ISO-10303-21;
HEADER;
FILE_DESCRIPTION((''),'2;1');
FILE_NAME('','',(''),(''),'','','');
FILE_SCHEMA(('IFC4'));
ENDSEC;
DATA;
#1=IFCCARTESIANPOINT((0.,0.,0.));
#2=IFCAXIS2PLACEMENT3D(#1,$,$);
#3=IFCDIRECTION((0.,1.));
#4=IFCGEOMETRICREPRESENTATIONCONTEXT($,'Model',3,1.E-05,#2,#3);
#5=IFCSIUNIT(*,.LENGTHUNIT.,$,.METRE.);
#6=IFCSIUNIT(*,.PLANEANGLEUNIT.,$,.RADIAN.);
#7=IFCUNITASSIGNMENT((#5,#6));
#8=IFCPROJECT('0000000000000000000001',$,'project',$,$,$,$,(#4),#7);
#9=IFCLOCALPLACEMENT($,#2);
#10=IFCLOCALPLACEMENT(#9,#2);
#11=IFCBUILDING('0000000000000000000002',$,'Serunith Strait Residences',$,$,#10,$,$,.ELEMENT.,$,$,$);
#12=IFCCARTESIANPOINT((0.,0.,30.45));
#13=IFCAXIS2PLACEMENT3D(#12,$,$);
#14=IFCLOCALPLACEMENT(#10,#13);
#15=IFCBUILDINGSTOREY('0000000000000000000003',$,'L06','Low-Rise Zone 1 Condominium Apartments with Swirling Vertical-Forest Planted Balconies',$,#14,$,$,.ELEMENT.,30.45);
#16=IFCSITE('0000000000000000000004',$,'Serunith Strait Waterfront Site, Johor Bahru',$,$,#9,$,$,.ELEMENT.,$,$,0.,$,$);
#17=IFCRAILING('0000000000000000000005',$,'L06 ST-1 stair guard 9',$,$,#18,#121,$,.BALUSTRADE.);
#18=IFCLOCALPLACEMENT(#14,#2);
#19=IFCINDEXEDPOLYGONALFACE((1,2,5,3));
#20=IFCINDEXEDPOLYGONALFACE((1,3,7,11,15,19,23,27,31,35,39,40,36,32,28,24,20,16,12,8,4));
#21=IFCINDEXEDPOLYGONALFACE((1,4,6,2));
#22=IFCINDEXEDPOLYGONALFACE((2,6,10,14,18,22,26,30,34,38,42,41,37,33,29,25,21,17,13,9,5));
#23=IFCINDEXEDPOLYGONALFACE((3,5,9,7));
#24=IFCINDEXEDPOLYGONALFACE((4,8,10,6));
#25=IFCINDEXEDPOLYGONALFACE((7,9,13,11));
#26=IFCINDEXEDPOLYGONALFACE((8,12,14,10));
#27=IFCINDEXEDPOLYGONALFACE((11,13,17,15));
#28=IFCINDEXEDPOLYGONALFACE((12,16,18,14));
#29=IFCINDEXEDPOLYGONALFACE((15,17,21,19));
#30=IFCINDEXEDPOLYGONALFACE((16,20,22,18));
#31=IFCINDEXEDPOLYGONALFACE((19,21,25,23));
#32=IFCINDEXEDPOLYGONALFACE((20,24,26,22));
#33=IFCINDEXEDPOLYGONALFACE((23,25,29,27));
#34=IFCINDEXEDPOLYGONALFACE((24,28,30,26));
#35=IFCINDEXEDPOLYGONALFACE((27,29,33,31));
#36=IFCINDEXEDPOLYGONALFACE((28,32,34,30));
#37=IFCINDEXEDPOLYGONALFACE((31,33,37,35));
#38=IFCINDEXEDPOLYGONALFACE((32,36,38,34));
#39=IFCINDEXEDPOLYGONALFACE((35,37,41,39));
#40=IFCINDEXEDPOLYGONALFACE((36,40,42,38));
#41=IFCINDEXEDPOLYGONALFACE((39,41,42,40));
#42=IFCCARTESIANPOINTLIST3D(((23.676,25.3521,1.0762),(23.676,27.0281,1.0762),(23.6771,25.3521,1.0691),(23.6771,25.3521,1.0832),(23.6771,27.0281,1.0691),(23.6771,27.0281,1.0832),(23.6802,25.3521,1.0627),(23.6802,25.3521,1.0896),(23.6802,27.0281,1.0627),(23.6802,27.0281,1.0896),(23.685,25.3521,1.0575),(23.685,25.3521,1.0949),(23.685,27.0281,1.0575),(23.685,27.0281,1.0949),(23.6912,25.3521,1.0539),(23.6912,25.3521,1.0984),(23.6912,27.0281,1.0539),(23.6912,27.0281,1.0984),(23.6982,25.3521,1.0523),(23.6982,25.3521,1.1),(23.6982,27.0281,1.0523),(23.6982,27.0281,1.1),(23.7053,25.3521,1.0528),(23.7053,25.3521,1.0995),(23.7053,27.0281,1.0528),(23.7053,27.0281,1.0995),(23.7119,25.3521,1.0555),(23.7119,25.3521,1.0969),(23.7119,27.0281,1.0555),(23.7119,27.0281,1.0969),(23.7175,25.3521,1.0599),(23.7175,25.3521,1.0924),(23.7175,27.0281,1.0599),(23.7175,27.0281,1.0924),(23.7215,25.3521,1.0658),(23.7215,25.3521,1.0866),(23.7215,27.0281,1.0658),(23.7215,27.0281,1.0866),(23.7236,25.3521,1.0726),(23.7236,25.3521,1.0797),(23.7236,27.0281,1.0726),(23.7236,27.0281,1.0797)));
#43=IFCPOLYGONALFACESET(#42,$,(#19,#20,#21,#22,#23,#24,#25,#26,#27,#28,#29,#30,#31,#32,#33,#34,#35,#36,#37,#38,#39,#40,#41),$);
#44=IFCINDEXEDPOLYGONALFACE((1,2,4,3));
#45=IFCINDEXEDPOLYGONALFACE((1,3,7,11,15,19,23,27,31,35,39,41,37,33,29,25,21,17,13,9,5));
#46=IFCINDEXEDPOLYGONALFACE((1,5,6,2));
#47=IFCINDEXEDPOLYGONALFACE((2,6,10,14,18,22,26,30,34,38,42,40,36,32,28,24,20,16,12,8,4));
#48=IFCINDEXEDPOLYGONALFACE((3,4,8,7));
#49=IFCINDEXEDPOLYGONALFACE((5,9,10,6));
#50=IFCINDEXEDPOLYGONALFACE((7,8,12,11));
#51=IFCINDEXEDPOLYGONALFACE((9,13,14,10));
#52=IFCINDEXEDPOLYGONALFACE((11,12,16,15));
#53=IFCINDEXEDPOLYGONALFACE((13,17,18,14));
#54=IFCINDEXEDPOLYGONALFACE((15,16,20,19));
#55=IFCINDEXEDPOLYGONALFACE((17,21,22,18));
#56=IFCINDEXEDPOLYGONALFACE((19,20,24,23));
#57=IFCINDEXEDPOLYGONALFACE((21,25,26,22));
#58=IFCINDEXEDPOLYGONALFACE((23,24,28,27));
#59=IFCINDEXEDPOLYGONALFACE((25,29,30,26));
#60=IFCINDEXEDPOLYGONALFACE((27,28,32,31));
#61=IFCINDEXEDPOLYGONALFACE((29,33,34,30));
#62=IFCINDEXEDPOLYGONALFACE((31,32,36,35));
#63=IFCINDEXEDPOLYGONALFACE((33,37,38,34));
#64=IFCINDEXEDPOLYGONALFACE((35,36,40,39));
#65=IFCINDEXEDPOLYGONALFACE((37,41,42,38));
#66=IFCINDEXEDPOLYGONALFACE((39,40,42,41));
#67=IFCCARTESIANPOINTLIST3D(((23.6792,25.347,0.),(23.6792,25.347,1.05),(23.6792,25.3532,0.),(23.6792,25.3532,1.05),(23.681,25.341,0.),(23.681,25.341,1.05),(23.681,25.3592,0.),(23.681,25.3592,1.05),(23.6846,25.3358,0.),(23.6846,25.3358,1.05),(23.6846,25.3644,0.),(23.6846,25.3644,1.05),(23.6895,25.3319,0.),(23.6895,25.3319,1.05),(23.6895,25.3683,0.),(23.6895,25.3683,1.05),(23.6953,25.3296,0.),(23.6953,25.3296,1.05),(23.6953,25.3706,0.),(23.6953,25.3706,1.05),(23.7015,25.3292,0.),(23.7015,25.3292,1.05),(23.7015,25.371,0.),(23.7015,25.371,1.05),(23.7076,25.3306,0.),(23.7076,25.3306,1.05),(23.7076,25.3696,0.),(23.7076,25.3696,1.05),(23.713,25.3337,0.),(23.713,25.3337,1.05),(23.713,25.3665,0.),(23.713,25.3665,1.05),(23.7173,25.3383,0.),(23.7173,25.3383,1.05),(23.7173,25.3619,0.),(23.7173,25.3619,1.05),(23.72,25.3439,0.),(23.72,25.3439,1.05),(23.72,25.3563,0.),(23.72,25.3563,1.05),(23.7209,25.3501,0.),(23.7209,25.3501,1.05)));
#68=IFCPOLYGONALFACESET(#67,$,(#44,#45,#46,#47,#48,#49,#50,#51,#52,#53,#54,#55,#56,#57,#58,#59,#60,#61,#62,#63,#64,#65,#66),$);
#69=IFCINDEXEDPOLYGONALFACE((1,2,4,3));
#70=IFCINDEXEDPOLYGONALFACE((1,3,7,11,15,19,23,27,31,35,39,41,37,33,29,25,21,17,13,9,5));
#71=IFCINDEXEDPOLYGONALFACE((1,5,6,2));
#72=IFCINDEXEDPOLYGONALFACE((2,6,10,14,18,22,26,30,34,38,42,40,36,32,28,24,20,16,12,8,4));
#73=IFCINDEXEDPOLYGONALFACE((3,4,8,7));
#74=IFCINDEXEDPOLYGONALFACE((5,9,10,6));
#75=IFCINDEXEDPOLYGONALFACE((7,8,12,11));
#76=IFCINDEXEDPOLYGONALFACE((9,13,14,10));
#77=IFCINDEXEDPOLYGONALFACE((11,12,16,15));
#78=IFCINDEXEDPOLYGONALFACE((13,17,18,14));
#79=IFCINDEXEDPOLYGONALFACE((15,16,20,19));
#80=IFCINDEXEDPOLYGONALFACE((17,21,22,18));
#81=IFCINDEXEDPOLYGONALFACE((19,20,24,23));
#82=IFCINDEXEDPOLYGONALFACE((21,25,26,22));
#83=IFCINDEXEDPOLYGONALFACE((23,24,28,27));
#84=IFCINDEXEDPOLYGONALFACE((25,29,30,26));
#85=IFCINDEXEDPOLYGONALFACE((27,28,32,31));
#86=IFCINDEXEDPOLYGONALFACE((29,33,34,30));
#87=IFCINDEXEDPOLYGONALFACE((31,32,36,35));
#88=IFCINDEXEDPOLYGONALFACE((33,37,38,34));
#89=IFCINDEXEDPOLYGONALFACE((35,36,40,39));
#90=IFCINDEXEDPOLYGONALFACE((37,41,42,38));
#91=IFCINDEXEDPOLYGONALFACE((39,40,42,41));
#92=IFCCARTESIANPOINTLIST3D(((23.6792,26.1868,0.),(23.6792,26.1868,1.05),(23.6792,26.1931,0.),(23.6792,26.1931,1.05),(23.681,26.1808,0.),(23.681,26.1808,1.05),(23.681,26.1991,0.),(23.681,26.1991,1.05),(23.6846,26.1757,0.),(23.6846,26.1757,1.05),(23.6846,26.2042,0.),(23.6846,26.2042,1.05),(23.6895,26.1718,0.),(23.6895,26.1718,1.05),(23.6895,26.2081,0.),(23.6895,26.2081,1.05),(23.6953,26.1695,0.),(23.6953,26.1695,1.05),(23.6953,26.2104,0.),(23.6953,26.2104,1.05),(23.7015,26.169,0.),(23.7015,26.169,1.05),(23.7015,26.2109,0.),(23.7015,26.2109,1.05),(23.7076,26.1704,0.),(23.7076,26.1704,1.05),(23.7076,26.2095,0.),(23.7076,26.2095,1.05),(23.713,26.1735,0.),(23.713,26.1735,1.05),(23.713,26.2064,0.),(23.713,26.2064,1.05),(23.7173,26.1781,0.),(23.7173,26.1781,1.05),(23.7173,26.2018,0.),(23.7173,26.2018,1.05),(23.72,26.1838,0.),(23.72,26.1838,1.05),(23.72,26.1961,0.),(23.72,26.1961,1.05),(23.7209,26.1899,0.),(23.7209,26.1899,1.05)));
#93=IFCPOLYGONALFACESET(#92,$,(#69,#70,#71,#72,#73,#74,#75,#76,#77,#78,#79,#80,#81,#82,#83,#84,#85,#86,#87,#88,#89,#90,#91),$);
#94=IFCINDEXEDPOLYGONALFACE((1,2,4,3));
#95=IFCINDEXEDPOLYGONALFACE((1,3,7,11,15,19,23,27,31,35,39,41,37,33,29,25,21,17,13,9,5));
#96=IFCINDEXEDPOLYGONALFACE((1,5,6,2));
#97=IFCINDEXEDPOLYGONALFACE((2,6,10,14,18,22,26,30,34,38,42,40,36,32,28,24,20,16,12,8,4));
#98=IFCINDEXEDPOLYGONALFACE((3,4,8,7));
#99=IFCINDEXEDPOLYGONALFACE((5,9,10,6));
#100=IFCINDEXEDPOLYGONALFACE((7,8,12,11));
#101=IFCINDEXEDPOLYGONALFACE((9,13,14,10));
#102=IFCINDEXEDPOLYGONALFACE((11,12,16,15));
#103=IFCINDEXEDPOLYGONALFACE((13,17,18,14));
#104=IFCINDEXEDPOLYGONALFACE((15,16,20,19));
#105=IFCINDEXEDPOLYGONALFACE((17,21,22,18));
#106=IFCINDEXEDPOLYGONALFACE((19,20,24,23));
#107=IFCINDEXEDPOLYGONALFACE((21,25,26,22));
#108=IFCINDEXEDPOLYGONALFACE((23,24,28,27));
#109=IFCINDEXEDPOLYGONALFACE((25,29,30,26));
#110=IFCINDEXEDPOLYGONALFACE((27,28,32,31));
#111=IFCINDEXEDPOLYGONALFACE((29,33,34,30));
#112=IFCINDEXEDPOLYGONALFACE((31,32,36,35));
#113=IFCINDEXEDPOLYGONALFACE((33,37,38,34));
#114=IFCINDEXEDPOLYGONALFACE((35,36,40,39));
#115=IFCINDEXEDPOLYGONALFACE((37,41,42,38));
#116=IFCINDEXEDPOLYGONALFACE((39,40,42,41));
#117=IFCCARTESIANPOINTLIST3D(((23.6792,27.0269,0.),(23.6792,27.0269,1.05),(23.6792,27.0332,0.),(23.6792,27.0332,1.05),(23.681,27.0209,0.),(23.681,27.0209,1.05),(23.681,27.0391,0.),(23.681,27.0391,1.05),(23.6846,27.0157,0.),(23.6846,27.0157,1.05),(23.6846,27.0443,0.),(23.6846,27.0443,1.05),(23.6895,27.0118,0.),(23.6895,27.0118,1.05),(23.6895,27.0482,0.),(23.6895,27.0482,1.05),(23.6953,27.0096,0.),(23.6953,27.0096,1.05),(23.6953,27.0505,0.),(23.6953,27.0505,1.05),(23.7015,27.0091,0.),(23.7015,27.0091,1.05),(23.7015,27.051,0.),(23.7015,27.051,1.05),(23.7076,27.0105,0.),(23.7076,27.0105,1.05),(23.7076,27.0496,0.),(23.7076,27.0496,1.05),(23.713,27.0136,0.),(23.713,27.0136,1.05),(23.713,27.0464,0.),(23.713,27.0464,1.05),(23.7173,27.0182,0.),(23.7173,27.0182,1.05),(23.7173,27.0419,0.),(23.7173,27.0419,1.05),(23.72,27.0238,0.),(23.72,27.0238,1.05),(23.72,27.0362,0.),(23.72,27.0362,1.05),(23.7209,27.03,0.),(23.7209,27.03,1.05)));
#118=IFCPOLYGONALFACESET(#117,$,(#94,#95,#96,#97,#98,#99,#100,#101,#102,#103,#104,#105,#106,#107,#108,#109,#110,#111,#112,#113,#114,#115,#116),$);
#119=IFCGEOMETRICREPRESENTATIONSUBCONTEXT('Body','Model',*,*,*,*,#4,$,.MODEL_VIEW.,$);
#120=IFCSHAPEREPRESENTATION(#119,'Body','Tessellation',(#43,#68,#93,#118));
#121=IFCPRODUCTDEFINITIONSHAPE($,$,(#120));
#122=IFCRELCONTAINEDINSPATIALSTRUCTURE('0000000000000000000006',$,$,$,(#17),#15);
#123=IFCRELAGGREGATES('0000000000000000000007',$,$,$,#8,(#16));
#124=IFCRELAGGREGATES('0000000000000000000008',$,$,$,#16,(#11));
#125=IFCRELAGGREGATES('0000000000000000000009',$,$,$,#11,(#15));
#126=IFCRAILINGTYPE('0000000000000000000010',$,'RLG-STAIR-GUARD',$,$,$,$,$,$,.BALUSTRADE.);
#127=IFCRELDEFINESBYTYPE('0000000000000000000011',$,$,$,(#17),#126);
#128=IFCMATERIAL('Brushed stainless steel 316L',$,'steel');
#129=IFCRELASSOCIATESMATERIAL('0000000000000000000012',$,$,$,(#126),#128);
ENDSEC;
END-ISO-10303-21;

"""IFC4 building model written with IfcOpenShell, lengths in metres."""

from ifc_helpers import new_model, si_unit, direction, frame, origin, origin_2d, place, context, subcontext, project, spatial, circle, extrude, material, type_object, element, save


model = new_model("IFC4")

# Units and contexts
model_context = context("Model", 3, precision=1e-05, world=origin(), true_north=direction((0.0, 1.0)))
body_context = subcontext(model_context, "Body", "Model", "MODEL_VIEW")
ifc_project = project(units=[si_unit("LENGTHUNIT", "METRE"), si_unit("PLANEANGLEUNIT", "RADIAN")], contexts=[model_context])

# Site, building, storey
site_placement = place(None, origin())
site = spatial("IfcSite", under=ifc_project, at=site_placement, Name="Serunith Strait Waterfront Site, Johor Bahru", CompositionType="ELEMENT", RefElevation=0.0)
building_placement = place(site_placement, origin())
building = spatial("IfcBuilding", under=site, at=building_placement, Name="Serunith Strait Residences", CompositionType="ELEMENT")
storey_placement = place(building_placement, frame((0.0, 0.0, 30.45)))
storey = spatial("IfcBuildingStorey", under=building, at=storey_placement, Name="L06", Description="Low-Rise Zone 1 Condominium Apartments with Swirling Vertical-Forest Planted Balconies", CompositionType="ELEMENT", Elevation=30.45)

# Railing
ifc_material_1 = material(Name="Brushed stainless steel 316L", Category="steel")
railing_type_1 = type_object("IfcRailingType", Name="RLG-STAIR-GUARD", PredefinedType="BALUSTRADE", material=ifc_material_1)
for number, where, name in (
    (1, (23.7, 25.3501, 0.0), "L06 ST-1 stair guard 9"),
):
    element("IfcRailing", number, at=place(storey_placement, frame(where)), inside=storey, type_object=railing_type_1, Name=name, PredefinedType="BALUSTRADE", context=body_context, shape_type="SweptSolid", body=[
        extrude(circle(Radius=0.0239, at=origin_2d()), frame((0.0, 0.002, 1.0762), z_axis=(0.0, 1.0, 0.0), x_axis=(-1.0, 0.0, 0.0)), (0.0, 0.0, 1.0), 1.676),
        extrude(circle(Radius=0.021, at=origin_2d()), origin(), (0.0, 0.0, 1.0), 1.05),
        extrude(circle(Radius=0.021, at=origin_2d()), frame((0.0, 0.8398, 0.0)), (0.0, 0.0, 1.0), 1.05),
        extrude(circle(Radius=0.021, at=origin_2d()), frame((0.0, 1.6799, 0.0)), (0.0, 0.0, 1.0), 1.05),
    ])

save(model, "model.ifc")
